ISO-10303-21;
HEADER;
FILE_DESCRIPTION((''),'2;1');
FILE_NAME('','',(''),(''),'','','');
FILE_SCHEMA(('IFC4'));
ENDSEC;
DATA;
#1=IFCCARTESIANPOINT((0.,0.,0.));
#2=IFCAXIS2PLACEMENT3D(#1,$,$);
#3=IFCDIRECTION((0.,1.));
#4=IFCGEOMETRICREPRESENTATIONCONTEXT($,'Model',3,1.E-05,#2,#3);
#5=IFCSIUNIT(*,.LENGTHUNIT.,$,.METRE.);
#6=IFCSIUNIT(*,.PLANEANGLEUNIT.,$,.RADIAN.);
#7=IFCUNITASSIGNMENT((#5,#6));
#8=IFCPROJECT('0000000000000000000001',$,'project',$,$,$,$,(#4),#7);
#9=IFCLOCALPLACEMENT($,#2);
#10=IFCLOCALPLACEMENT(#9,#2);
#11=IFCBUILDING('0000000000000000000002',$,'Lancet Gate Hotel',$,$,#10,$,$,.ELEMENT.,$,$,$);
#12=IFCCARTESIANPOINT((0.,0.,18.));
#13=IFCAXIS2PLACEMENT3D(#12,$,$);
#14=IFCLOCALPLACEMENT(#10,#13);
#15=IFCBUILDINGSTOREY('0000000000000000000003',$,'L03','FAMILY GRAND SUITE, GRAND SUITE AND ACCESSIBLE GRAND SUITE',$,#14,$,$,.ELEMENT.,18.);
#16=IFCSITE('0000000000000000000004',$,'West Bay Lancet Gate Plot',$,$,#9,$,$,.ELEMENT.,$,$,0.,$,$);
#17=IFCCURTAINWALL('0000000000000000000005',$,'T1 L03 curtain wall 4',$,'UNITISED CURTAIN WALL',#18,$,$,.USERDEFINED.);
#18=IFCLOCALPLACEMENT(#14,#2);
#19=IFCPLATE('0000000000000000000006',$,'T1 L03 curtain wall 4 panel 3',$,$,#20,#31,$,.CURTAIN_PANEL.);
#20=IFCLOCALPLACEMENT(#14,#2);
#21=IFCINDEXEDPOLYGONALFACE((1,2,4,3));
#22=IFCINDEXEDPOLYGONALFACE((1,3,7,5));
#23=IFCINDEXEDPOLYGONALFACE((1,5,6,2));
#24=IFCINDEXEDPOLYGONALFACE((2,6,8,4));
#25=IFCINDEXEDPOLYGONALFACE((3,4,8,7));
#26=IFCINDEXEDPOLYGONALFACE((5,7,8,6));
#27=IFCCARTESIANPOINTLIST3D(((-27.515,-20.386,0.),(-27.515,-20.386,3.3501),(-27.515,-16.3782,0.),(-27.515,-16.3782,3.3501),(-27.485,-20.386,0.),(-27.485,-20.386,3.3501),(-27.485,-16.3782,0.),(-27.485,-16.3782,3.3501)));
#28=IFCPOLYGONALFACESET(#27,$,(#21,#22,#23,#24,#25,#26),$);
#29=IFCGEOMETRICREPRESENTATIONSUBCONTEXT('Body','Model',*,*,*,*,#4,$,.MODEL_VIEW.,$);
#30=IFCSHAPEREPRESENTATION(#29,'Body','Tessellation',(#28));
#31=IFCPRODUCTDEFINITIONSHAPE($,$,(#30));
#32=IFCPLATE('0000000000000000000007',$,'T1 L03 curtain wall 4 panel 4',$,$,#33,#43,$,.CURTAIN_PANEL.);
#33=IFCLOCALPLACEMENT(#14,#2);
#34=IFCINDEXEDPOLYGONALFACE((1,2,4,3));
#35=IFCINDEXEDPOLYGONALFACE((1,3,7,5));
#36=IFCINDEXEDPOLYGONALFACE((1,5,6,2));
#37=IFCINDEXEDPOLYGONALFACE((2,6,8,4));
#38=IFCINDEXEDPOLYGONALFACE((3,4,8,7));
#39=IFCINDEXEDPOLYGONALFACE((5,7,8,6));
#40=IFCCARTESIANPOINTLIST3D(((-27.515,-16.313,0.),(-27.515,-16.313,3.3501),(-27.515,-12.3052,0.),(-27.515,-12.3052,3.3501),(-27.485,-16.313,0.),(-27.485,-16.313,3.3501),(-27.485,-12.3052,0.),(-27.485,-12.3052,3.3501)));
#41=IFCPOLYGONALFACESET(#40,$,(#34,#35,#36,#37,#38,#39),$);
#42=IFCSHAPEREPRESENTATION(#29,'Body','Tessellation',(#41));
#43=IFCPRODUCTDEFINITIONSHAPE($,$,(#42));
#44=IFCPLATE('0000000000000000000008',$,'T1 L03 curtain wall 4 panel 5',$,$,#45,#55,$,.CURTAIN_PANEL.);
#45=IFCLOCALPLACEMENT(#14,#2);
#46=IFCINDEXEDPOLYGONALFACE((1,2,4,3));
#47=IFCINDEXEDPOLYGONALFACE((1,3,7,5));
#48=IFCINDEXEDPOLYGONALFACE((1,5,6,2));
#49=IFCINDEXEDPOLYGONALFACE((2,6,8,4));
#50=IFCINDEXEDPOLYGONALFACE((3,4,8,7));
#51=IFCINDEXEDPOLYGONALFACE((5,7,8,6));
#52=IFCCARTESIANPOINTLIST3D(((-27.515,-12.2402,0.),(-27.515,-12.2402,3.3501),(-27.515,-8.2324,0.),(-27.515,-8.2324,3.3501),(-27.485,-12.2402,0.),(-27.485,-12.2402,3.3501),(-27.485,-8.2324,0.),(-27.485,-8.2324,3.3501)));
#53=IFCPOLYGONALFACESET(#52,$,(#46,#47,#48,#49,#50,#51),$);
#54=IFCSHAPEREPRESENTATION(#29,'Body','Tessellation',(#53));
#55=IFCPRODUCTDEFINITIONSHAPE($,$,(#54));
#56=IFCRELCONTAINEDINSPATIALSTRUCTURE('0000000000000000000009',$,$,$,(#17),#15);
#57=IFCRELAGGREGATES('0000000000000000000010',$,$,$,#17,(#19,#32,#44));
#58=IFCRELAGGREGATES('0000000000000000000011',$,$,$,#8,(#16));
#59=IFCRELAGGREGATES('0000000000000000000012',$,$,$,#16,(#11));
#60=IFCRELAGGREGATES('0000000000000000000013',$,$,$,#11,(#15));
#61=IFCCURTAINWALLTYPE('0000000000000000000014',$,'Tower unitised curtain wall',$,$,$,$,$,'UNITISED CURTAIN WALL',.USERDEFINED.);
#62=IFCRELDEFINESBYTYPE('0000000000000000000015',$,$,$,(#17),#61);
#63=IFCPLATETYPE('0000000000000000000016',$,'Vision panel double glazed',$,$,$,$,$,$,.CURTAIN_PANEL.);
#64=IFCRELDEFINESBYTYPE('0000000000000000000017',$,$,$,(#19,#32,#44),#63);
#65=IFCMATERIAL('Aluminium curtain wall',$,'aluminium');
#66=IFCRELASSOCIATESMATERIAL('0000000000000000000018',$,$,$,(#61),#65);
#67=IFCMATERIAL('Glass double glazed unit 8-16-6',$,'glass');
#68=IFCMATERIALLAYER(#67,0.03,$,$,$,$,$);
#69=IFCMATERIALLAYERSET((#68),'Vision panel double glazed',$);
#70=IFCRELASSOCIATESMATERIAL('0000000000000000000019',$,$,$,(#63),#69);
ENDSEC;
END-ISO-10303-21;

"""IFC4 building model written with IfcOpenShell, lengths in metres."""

from ifc_helpers import new_model, si_unit, direction, frame, origin, origin_2d, place, context, subcontext, project, spatial, rectangle, extrude, material, layer, layer_set, type_object, element, aggregate, save


model = new_model("IFC4")

# Units and contexts
model_context = context("Model", 3, precision=1e-05, world=origin(), true_north=direction((0.0, 1.0)))
body_context = subcontext(model_context, "Body", "Model", "MODEL_VIEW")
ifc_project = project(units=[si_unit("LENGTHUNIT", "METRE"), si_unit("PLANEANGLEUNIT", "RADIAN")], contexts=[model_context])

# Site, building, storey
site_placement = place(None, origin())
site = spatial("IfcSite", under=ifc_project, at=site_placement, Name="West Bay Lancet Gate Plot", CompositionType="ELEMENT", RefElevation=0.0)
building_placement = place(site_placement, origin())
building = spatial("IfcBuilding", under=site, at=building_placement, Name="Lancet Gate Hotel", CompositionType="ELEMENT")
storey_placement = place(building_placement, frame((0.0, 0.0, 18.0)))
storey = spatial("IfcBuildingStorey", under=building, at=storey_placement, Name="L03", Description="FAMILY GRAND SUITE, GRAND SUITE AND ACCESSIBLE GRAND SUITE", CompositionType="ELEMENT", Elevation=18.0)

# Curtain wall
ifc_material_1 = material(Name="Aluminium curtain wall", Category="aluminium")
curtain_wall_type = type_object("IfcCurtainWallType", Name="Tower unitised curtain wall", ElementType="UNITISED CURTAIN WALL", PredefinedType="USERDEFINED", material=ifc_material_1)
curtain_wall_1_placement = place(storey_placement, origin())
curtain_wall_1 = element("IfcCurtainWall", 1, at=curtain_wall_1_placement, inside=storey, type_object=curtain_wall_type, Name="T1 L03 curtain wall 4", ObjectType="UNITISED CURTAIN WALL", PredefinedType="USERDEFINED")

# Plates
ifc_material_2 = material(Name="Glass double glazed unit 8-16-6", Category="glass")
ifc_layer = layer(ifc_material_2, 0.03)
ifc_layer_set = layer_set([ifc_layer], Name="Vision panel double glazed")
plate_type = type_object("IfcPlateType", Name="Vision panel double glazed", PredefinedType="CURTAIN_PANEL", material=ifc_layer_set)
plate_1_placement = place(storey_placement, frame((-27.5, -18.3821, 0.0), z_axis=(0.0, 0.0, 1.0), x_axis=(0.0, 1.0, 0.0)))
plate_1 = element("IfcPlate", 2, at=plate_1_placement, type_object=plate_type, Name="T1 L03 curtain wall 4 panel 3", PredefinedType="CURTAIN_PANEL", context=body_context, shape_type="SweptSolid", body=[
    extrude(rectangle(XDim=4.0078, YDim=0.03, at=origin_2d()), origin(), (0.0, 0.0, 1.0), 3.3501),
])
plate_2_placement = place(storey_placement, frame((-27.5, -14.3091, 0.0), z_axis=(0.0, 0.0, 1.0), x_axis=(0.0, 1.0, 0.0)))
plate_2 = element("IfcPlate", 3, at=plate_2_placement, type_object=plate_type, Name="T1 L03 curtain wall 4 panel 4", PredefinedType="CURTAIN_PANEL", context=body_context, shape_type="SweptSolid", body=[
    extrude(rectangle(XDim=4.0078, YDim=0.03, at=origin_2d()), origin(), (0.0, 0.0, 1.0), 3.3501),
])
plate_3_placement = place(storey_placement, frame((-27.5, -10.2363, 0.0), z_axis=(0.0, 0.0, 1.0), x_axis=(0.0, 1.0, 0.0)))
plate_3 = element("IfcPlate", 4, at=plate_3_placement, type_object=plate_type, Name="T1 L03 curtain wall 4 panel 5", PredefinedType="CURTAIN_PANEL", context=body_context, shape_type="SweptSolid", body=[
    extrude(rectangle(XDim=4.0078, YDim=0.03, at=origin_2d()), origin(), (0.0, 0.0, 1.0), 3.3501),
])
aggregate(curtain_wall_1, [plate_1, plate_2, plate_3])

save(model, "model.ifc")
